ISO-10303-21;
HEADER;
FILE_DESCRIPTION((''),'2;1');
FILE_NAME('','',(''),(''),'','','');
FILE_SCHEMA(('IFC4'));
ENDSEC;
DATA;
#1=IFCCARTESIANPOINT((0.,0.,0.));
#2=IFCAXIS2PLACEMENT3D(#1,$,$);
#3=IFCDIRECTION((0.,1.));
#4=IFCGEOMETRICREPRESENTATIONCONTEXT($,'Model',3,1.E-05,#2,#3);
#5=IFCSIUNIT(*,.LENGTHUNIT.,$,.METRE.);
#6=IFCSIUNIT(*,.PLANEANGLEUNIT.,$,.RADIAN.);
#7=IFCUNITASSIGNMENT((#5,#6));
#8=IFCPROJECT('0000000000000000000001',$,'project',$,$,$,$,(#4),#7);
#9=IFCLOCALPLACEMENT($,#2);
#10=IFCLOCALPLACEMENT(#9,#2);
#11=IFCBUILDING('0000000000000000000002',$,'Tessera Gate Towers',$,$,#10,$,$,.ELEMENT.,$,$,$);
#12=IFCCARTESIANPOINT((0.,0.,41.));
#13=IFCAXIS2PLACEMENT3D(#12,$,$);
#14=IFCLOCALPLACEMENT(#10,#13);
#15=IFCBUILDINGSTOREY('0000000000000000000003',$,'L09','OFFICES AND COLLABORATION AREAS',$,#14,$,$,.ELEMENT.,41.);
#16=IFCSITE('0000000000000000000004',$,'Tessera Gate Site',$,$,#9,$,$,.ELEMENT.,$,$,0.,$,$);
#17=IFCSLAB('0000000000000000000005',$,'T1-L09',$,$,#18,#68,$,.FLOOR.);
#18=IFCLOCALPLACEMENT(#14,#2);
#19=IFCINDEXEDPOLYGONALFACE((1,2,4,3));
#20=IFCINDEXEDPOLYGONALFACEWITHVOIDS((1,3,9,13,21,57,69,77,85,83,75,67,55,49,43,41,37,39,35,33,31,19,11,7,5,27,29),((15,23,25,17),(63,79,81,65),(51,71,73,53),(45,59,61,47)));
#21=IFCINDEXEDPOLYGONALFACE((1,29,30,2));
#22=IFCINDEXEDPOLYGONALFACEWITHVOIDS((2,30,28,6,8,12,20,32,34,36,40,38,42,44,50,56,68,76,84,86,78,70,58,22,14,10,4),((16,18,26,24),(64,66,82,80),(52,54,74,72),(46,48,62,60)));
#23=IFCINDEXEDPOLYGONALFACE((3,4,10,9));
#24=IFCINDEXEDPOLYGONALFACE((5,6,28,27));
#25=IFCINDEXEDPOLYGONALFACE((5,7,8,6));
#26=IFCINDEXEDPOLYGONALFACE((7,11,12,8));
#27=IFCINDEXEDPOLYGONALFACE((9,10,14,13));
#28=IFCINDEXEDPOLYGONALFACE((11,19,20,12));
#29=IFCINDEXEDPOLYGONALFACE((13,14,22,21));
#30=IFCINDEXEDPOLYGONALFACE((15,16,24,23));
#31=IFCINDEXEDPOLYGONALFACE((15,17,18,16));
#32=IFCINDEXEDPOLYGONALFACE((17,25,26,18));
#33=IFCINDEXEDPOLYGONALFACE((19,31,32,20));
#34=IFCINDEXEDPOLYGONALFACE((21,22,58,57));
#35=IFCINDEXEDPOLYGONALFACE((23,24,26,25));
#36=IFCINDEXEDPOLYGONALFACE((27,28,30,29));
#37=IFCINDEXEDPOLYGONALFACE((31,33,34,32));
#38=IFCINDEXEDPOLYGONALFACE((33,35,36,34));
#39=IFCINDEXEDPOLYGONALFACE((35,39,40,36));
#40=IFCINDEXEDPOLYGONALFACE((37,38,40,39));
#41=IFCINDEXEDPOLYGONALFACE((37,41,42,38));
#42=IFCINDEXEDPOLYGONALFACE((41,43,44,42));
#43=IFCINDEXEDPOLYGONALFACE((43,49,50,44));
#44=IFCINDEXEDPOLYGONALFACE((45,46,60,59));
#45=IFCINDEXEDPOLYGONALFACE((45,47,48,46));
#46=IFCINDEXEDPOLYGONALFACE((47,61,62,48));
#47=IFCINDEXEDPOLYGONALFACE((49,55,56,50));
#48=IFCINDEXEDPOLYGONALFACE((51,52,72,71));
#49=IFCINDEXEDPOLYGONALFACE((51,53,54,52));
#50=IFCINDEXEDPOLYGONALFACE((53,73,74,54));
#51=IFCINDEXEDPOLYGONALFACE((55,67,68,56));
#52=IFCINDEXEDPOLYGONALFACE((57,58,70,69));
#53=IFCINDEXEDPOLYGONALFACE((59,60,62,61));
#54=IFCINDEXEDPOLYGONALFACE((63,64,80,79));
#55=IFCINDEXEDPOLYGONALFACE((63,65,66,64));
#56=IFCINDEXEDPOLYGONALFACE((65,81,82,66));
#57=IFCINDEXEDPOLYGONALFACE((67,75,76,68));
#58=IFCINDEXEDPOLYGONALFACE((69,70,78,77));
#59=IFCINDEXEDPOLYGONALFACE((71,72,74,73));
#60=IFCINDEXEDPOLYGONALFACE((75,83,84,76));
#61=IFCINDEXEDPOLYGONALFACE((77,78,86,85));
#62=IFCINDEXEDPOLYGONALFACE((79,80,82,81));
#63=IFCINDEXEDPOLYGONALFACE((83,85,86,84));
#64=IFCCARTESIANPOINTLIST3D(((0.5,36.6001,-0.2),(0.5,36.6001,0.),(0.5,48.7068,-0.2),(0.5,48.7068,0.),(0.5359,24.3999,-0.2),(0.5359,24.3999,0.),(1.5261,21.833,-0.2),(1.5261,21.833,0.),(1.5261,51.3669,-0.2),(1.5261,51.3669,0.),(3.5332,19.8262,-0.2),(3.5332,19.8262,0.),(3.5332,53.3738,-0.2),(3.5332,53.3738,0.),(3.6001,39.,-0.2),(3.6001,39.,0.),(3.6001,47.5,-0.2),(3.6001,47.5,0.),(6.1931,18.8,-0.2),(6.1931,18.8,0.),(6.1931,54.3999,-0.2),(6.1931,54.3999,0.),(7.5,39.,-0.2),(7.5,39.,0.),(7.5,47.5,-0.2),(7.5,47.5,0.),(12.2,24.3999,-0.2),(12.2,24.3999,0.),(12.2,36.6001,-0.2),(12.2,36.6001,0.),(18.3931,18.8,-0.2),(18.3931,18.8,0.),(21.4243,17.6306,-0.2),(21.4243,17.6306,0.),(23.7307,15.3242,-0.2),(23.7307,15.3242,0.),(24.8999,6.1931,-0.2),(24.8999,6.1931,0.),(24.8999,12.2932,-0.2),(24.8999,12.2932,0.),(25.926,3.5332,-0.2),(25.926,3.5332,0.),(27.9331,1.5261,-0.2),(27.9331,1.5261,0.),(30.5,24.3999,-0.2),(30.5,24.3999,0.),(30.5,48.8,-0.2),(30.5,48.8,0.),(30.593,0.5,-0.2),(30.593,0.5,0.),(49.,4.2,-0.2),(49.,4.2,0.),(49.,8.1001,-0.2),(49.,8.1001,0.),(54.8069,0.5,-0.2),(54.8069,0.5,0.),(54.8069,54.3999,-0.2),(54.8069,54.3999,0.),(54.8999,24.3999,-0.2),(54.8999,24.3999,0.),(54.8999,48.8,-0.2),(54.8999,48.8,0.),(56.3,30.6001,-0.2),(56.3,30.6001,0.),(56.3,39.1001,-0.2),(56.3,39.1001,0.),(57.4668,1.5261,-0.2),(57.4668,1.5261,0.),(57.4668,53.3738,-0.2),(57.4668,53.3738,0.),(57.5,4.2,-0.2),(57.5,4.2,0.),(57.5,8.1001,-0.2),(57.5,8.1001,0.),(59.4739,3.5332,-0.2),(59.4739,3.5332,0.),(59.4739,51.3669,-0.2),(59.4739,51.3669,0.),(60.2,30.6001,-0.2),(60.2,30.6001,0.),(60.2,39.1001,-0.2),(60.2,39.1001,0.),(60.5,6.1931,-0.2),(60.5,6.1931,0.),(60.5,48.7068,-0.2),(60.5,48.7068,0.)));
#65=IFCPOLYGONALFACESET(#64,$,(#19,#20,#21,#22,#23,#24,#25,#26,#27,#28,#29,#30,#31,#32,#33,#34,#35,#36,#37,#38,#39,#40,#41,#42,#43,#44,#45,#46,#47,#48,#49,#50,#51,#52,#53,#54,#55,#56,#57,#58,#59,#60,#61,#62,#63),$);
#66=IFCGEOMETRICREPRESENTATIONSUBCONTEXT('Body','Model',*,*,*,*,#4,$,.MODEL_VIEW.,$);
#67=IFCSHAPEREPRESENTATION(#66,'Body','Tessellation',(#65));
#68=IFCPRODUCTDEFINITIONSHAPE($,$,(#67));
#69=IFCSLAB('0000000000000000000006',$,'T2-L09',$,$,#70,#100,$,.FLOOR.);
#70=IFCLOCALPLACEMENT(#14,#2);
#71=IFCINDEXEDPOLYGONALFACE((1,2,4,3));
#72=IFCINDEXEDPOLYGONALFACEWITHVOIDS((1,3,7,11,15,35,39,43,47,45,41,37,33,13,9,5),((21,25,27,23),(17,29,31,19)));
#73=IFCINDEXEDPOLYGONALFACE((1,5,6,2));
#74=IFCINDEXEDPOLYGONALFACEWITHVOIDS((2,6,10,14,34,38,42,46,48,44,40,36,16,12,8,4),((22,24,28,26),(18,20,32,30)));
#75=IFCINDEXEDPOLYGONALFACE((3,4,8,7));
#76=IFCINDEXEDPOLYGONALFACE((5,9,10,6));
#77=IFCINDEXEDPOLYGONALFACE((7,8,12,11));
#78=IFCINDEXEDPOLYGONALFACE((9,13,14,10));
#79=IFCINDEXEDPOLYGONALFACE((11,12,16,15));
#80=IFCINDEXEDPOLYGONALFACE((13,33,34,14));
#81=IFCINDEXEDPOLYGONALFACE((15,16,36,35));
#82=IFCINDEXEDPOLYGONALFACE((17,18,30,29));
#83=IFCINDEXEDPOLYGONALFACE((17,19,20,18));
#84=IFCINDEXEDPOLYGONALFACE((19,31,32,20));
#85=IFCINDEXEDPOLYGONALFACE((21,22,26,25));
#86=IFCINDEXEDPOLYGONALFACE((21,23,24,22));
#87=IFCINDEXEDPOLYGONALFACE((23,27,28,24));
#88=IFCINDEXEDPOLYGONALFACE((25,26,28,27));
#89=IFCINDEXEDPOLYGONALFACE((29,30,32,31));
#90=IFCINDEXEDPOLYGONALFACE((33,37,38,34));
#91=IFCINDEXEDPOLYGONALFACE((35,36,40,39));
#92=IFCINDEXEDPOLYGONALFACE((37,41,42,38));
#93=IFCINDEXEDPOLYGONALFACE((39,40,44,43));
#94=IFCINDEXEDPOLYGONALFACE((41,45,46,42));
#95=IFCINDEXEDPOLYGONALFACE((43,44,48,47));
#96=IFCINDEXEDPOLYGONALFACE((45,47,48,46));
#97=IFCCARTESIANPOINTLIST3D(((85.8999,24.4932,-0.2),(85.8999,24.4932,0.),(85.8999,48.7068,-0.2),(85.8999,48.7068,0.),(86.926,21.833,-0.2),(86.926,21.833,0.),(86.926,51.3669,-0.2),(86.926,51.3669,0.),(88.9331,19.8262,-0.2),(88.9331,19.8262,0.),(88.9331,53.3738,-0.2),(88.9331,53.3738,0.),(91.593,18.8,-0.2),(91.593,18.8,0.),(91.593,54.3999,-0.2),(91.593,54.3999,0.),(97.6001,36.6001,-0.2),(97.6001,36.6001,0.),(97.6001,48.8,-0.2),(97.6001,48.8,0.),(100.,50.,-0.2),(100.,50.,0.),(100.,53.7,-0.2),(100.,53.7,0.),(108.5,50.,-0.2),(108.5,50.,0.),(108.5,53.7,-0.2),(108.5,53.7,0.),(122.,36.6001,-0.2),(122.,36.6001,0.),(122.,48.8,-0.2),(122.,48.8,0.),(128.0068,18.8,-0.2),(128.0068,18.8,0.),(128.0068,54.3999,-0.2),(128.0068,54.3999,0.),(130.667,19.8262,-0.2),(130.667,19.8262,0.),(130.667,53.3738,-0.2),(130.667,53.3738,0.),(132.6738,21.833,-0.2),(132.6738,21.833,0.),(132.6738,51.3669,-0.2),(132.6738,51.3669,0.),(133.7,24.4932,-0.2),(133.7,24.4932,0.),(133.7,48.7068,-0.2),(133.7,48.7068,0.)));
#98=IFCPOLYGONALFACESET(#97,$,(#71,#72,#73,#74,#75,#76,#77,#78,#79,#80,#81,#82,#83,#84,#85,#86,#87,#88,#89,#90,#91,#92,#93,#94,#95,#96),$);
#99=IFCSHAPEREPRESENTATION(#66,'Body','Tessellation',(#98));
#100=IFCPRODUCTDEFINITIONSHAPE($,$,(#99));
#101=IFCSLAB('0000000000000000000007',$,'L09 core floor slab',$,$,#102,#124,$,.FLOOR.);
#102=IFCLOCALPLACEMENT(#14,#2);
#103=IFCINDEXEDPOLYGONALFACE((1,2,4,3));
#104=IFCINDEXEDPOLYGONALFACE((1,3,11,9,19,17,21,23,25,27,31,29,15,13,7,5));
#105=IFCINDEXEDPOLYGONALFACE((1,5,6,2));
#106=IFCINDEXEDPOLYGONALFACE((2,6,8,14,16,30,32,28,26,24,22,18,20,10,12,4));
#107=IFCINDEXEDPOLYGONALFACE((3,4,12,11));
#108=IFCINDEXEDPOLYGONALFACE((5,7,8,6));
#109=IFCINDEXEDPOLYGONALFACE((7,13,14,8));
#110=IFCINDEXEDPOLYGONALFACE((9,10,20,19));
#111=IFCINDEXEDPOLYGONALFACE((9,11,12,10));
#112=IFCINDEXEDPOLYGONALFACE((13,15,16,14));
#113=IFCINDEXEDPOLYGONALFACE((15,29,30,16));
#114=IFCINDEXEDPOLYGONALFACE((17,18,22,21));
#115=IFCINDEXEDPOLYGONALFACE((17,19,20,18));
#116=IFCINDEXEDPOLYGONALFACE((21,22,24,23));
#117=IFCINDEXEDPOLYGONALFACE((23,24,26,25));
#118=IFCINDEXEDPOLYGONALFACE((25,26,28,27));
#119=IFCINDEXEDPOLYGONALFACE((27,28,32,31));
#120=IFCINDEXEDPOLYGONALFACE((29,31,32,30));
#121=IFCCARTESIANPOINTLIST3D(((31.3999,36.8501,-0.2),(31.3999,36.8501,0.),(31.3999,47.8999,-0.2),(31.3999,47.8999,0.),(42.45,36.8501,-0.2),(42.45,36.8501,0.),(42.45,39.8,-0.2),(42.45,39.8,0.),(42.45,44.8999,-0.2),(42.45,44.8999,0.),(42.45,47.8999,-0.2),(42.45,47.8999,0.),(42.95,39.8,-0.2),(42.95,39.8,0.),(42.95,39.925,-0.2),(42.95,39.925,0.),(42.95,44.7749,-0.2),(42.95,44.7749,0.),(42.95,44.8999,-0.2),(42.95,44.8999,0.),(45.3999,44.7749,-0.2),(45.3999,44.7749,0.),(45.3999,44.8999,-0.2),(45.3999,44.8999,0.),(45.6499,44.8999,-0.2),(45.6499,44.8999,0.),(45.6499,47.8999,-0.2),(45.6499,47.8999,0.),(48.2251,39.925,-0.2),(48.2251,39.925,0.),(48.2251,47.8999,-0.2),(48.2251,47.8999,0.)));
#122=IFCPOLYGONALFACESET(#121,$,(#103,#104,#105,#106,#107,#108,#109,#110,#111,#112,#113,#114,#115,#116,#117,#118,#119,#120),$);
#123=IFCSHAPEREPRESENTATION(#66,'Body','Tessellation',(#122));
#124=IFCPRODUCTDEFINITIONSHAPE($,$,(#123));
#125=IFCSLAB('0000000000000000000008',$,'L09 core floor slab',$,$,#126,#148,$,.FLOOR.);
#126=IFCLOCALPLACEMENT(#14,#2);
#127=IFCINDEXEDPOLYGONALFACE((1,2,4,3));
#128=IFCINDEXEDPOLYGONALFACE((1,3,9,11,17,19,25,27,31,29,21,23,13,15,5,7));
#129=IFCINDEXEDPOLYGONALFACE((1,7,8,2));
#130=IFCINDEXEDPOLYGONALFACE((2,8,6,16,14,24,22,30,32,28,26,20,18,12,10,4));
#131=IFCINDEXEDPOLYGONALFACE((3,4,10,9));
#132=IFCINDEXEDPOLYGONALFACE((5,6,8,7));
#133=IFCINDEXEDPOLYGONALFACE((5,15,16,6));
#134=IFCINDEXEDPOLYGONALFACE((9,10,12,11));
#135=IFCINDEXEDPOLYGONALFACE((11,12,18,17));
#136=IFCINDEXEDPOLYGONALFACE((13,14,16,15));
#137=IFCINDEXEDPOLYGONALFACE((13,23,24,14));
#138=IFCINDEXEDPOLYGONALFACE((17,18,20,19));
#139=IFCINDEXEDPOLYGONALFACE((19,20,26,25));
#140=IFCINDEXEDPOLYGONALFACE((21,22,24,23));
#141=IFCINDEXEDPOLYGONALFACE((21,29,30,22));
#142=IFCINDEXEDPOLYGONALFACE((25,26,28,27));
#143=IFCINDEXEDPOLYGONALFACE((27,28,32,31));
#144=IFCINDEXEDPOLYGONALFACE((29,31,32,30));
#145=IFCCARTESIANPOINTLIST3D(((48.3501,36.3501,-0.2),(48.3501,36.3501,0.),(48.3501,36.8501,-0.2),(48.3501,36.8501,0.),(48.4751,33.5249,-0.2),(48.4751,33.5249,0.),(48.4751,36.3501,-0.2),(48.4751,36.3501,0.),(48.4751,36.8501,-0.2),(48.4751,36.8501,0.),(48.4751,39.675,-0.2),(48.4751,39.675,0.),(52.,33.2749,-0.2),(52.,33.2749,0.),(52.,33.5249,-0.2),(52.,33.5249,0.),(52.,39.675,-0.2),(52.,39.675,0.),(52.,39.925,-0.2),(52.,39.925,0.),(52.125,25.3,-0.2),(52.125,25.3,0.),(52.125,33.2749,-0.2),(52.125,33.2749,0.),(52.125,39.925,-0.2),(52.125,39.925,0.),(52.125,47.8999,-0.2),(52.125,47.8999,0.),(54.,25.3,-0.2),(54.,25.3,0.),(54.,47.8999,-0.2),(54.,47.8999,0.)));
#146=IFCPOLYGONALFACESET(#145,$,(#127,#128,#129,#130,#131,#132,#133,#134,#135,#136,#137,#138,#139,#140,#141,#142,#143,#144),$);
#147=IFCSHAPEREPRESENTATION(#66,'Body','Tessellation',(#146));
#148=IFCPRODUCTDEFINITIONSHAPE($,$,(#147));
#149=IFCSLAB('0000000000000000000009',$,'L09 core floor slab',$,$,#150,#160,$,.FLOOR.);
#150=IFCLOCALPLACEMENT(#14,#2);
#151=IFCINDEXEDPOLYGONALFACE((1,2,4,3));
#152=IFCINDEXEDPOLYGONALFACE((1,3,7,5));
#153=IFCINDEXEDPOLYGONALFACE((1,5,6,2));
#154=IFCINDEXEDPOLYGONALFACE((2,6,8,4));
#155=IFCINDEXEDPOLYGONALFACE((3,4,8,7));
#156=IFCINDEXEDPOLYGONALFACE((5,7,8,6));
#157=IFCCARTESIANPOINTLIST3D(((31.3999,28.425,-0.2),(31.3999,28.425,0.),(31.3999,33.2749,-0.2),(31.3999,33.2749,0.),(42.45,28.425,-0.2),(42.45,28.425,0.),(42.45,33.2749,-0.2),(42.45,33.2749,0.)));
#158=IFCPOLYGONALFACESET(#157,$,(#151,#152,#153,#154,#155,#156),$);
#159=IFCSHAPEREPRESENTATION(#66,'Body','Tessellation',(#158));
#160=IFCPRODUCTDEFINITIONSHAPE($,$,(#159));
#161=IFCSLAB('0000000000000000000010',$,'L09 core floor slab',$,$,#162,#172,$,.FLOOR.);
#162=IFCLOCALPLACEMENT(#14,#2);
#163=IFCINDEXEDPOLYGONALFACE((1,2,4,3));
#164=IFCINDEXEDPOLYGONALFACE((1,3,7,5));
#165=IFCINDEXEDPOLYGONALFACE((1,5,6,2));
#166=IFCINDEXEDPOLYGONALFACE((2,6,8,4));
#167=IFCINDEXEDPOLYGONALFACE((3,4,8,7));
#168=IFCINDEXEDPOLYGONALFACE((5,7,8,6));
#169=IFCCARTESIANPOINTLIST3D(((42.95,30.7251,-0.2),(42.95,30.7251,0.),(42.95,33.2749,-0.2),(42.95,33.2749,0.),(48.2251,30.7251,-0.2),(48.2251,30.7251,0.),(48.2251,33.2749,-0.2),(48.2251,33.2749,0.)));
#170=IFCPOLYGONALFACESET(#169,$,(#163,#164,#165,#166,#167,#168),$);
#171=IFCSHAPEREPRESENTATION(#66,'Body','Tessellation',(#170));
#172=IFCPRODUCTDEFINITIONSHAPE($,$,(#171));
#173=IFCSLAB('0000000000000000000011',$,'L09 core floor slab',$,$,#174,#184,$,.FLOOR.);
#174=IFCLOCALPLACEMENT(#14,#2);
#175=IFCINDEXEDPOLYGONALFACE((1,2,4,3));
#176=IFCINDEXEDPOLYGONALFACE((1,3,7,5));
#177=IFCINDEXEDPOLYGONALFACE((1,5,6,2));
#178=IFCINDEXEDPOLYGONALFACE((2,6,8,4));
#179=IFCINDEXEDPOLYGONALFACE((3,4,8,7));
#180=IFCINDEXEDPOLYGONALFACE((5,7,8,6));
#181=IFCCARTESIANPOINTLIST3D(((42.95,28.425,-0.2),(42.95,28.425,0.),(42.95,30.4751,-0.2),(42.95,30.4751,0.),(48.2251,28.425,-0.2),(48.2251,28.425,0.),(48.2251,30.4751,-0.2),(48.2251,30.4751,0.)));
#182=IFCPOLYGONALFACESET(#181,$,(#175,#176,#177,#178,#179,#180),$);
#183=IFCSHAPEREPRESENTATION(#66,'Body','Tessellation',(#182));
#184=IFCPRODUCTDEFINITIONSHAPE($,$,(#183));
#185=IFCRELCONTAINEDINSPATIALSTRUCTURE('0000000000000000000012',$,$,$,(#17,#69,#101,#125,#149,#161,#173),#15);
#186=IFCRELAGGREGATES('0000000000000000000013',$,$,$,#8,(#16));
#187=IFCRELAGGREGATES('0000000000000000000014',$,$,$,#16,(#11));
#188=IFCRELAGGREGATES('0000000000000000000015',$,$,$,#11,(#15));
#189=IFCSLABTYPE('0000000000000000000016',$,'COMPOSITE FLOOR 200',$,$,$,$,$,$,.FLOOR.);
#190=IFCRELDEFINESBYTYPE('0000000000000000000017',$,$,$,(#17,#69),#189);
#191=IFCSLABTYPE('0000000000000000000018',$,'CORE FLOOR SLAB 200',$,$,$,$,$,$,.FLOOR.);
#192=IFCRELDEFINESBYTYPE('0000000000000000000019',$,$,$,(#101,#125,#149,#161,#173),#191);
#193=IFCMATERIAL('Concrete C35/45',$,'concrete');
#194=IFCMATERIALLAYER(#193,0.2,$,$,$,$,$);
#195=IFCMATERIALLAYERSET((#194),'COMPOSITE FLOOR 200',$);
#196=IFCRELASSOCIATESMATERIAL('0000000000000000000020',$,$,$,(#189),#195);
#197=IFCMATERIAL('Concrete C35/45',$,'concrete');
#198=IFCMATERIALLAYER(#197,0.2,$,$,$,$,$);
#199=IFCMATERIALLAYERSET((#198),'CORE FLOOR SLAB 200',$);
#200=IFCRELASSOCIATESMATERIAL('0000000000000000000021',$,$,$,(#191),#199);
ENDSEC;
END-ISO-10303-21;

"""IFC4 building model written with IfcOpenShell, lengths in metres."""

from ifc_helpers import new_model, si_unit, direction, frame, origin, place, context, subcontext, project, spatial, polyline, outline, extrude, material, layer, layer_set, type_object, element, save


model = new_model("IFC4")

# Units and contexts
model_context = context("Model", 3, precision=1e-05, world=origin(), true_north=direction((0.0, 1.0)))
body_context = subcontext(model_context, "Body", "Model", "MODEL_VIEW")
ifc_project = project(units=[si_unit("LENGTHUNIT", "METRE"), si_unit("PLANEANGLEUNIT", "RADIAN")], contexts=[model_context])

# Site, building, storey
site_placement = place(None, origin())
site = spatial("IfcSite", under=ifc_project, at=site_placement, Name="Tessera Gate Site", CompositionType="ELEMENT", RefElevation=0.0)
building_placement = place(site_placement, origin())
building = spatial("IfcBuilding", under=site, at=building_placement, Name="Tessera Gate Towers", CompositionType="ELEMENT")
storey_placement = place(building_placement, frame((0.0, 0.0, 41.0)))
storey = spatial("IfcBuildingStorey", under=building, at=storey_placement, Name="L09", Description="OFFICES AND COLLABORATION AREAS", CompositionType="ELEMENT", Elevation=41.0)

# Slabs
ifc_material_1 = material(Name="Concrete C35/45", Category="concrete")
ifc_layer_1 = layer(ifc_material_1, 0.2)
ifc_layer_set_1 = layer_set([ifc_layer_1], Name="COMPOSITE FLOOR 200")
slab_type_1 = type_object("IfcSlabType", Name="COMPOSITE FLOOR 200", PredefinedType="FLOOR", material=ifc_layer_set_1)
slab_1_placement = place(storey_placement, frame((0.0, 0.0, -0.2)))
element("IfcSlab", 1, at=slab_1_placement, inside=storey, type_object=slab_type_1, Name="T1-L09", PredefinedType="FLOOR", context=body_context, shape_type="SweptSolid", body=[
    extrude(outline(polyline([(0.5, 36.6001), (12.2, 36.6001), (12.2, 24.3999), (0.5359, 24.3999), (1.5261, 21.833), (3.5332, 19.8262), (6.1931, 18.8), (18.3931, 18.8), (21.4243, 17.6306), (23.7307, 15.3242), (24.8999, 12.2932), (24.8999, 6.1931), (25.926, 3.5332), (27.9331, 1.5261), (30.593, 0.5), (54.8069, 0.5), (57.4668, 1.5261), (59.4739, 3.5332), (60.5, 6.1931), (60.5, 48.7068), (59.4739, 51.3669), (57.4668, 53.3738), (54.8069, 54.3999), (6.1931, 54.3999), (3.5332, 53.3738), (1.5261, 51.3669), (0.5, 48.7068), (0.5, 36.6001)]), holes=[polyline([(3.6001, 39.0), (3.6001, 47.5), (7.5, 47.5), (7.5, 39.0), (3.6001, 39.0)]), polyline([(30.5, 24.3999), (30.5, 48.8), (54.8999, 48.8), (54.8999, 24.3999), (30.5, 24.3999)]), polyline([(49.0, 4.2), (49.0, 8.1001), (57.5, 8.1001), (57.5, 4.2), (49.0, 4.2)]), polyline([(56.3, 30.6001), (56.3, 39.1001), (60.2, 39.1001), (60.2, 30.6001), (56.3, 30.6001)])]), origin(), (0.0, 0.0, 1.0), 0.2),
])
slab_2_placement = place(storey_placement, frame((0.0, 0.0, -0.2)))
element("IfcSlab", 2, at=slab_2_placement, inside=storey, type_object=slab_type_1, Name="T2-L09", PredefinedType="FLOOR", context=body_context, shape_type="SweptSolid", body=[
    extrude(outline(polyline([(85.8999, 24.4932), (86.926, 21.833), (88.9331, 19.8262), (91.593, 18.8), (128.0068, 18.8), (130.667, 19.8262), (132.6738, 21.833), (133.7, 24.4932), (133.7, 48.7068), (132.6738, 51.3669), (130.667, 53.3738), (128.0068, 54.3999), (91.593, 54.3999), (88.9331, 53.3738), (86.926, 51.3669), (85.8999, 48.7068), (85.8999, 24.4932)]), holes=[polyline([(97.6001, 36.6001), (97.6001, 48.8), (122.0, 48.8), (122.0, 36.6001), (97.6001, 36.6001)]), polyline([(100.0, 50.0), (100.0, 53.7), (108.5, 53.7), (108.5, 50.0), (100.0, 50.0)])]), origin(), (0.0, 0.0, 1.0), 0.2),
])
ifc_material_2 = material(Name="Concrete C35/45", Category="concrete")
ifc_layer_2 = layer(ifc_material_2, 0.2)
ifc_layer_set_2 = layer_set([ifc_layer_2], Name="CORE FLOOR SLAB 200")
slab_type_2 = type_object("IfcSlabType", Name="CORE FLOOR SLAB 200", PredefinedType="FLOOR", material=ifc_layer_set_2)
slab_3_placement = place(storey_placement, frame((0.0, 0.0, -0.2)))
element("IfcSlab", 3, at=slab_3_placement, inside=storey, type_object=slab_type_2, Name="L09 core floor slab", PredefinedType="FLOOR", context=body_context, shape_type="SweptSolid", body=[
    extrude(outline(polyline([(31.3999, 47.8999), (31.3999, 36.8501), (42.45, 36.8501), (42.45, 39.8), (42.95, 39.8), (42.95, 39.925), (48.2251, 39.925), (48.2251, 47.8999), (45.6499, 47.8999), (45.6499, 44.8999), (45.3999, 44.8999), (45.3999, 44.7749), (42.95, 44.7749), (42.95, 44.8999), (42.45, 44.8999), (42.45, 47.8999), (31.3999, 47.8999)])), origin(), (0.0, 0.0, 1.0), 0.2),
])
slab_4_placement = place(storey_placement, frame((0.0, 0.0, -0.2)))
element("IfcSlab", 4, at=slab_4_placement, inside=storey, type_object=slab_type_2, Name="L09 core floor slab", PredefinedType="FLOOR", context=body_context, shape_type="SweptSolid", body=[
    extrude(outline(polyline([(48.3501, 36.8501), (48.3501, 36.3501), (48.4751, 36.3501), (48.4751, 33.5249), (52.0, 33.5249), (52.0, 33.2749), (52.125, 33.2749), (52.125, 25.3), (54.0, 25.3), (54.0, 47.8999), (52.125, 47.8999), (52.125, 39.925), (52.0, 39.925), (52.0, 39.675), (48.4751, 39.675), (48.4751, 36.8501), (48.3501, 36.8501)])), origin(), (0.0, 0.0, 1.0), 0.2),
])
slab_5_placement = place(storey_placement, frame((0.0, 0.0, -0.2)))
element("IfcSlab", 5, at=slab_5_placement, inside=storey, type_object=slab_type_2, Name="L09 core floor slab", PredefinedType="FLOOR", context=body_context, shape_type="SweptSolid", body=[
    extrude(outline(polyline([(42.45, 28.425), (42.45, 33.2749), (31.3999, 33.2749), (31.3999, 28.425), (42.45, 28.425)])), origin(), (0.0, 0.0, 1.0), 0.2),
])
slab_6_placement = place(storey_placement, frame((0.0, 0.0, -0.2)))
element("IfcSlab", 6, at=slab_6_placement, inside=storey, type_object=slab_type_2, Name="L09 core floor slab", PredefinedType="FLOOR", context=body_context, shape_type="SweptSolid", body=[
    extrude(outline(polyline([(42.95, 33.2749), (42.95, 30.7251), (48.2251, 30.7251), (48.2251, 33.2749), (42.95, 33.2749)])), origin(), (0.0, 0.0, 1.0), 0.2),
])
slab_7_placement = place(storey_placement, frame((0.0, 0.0, -0.2)))
element("IfcSlab", 7, at=slab_7_placement, inside=storey, type_object=slab_type_2, Name="L09 core floor slab", PredefinedType="FLOOR", context=body_context, shape_type="SweptSolid", body=[
    extrude(outline(polyline([(42.95, 30.4751), (42.95, 28.425), (48.2251, 28.425), (48.2251, 30.4751), (42.95, 30.4751)])), origin(), (0.0, 0.0, 1.0), 0.2),
])

save(model, "model.ifc")
